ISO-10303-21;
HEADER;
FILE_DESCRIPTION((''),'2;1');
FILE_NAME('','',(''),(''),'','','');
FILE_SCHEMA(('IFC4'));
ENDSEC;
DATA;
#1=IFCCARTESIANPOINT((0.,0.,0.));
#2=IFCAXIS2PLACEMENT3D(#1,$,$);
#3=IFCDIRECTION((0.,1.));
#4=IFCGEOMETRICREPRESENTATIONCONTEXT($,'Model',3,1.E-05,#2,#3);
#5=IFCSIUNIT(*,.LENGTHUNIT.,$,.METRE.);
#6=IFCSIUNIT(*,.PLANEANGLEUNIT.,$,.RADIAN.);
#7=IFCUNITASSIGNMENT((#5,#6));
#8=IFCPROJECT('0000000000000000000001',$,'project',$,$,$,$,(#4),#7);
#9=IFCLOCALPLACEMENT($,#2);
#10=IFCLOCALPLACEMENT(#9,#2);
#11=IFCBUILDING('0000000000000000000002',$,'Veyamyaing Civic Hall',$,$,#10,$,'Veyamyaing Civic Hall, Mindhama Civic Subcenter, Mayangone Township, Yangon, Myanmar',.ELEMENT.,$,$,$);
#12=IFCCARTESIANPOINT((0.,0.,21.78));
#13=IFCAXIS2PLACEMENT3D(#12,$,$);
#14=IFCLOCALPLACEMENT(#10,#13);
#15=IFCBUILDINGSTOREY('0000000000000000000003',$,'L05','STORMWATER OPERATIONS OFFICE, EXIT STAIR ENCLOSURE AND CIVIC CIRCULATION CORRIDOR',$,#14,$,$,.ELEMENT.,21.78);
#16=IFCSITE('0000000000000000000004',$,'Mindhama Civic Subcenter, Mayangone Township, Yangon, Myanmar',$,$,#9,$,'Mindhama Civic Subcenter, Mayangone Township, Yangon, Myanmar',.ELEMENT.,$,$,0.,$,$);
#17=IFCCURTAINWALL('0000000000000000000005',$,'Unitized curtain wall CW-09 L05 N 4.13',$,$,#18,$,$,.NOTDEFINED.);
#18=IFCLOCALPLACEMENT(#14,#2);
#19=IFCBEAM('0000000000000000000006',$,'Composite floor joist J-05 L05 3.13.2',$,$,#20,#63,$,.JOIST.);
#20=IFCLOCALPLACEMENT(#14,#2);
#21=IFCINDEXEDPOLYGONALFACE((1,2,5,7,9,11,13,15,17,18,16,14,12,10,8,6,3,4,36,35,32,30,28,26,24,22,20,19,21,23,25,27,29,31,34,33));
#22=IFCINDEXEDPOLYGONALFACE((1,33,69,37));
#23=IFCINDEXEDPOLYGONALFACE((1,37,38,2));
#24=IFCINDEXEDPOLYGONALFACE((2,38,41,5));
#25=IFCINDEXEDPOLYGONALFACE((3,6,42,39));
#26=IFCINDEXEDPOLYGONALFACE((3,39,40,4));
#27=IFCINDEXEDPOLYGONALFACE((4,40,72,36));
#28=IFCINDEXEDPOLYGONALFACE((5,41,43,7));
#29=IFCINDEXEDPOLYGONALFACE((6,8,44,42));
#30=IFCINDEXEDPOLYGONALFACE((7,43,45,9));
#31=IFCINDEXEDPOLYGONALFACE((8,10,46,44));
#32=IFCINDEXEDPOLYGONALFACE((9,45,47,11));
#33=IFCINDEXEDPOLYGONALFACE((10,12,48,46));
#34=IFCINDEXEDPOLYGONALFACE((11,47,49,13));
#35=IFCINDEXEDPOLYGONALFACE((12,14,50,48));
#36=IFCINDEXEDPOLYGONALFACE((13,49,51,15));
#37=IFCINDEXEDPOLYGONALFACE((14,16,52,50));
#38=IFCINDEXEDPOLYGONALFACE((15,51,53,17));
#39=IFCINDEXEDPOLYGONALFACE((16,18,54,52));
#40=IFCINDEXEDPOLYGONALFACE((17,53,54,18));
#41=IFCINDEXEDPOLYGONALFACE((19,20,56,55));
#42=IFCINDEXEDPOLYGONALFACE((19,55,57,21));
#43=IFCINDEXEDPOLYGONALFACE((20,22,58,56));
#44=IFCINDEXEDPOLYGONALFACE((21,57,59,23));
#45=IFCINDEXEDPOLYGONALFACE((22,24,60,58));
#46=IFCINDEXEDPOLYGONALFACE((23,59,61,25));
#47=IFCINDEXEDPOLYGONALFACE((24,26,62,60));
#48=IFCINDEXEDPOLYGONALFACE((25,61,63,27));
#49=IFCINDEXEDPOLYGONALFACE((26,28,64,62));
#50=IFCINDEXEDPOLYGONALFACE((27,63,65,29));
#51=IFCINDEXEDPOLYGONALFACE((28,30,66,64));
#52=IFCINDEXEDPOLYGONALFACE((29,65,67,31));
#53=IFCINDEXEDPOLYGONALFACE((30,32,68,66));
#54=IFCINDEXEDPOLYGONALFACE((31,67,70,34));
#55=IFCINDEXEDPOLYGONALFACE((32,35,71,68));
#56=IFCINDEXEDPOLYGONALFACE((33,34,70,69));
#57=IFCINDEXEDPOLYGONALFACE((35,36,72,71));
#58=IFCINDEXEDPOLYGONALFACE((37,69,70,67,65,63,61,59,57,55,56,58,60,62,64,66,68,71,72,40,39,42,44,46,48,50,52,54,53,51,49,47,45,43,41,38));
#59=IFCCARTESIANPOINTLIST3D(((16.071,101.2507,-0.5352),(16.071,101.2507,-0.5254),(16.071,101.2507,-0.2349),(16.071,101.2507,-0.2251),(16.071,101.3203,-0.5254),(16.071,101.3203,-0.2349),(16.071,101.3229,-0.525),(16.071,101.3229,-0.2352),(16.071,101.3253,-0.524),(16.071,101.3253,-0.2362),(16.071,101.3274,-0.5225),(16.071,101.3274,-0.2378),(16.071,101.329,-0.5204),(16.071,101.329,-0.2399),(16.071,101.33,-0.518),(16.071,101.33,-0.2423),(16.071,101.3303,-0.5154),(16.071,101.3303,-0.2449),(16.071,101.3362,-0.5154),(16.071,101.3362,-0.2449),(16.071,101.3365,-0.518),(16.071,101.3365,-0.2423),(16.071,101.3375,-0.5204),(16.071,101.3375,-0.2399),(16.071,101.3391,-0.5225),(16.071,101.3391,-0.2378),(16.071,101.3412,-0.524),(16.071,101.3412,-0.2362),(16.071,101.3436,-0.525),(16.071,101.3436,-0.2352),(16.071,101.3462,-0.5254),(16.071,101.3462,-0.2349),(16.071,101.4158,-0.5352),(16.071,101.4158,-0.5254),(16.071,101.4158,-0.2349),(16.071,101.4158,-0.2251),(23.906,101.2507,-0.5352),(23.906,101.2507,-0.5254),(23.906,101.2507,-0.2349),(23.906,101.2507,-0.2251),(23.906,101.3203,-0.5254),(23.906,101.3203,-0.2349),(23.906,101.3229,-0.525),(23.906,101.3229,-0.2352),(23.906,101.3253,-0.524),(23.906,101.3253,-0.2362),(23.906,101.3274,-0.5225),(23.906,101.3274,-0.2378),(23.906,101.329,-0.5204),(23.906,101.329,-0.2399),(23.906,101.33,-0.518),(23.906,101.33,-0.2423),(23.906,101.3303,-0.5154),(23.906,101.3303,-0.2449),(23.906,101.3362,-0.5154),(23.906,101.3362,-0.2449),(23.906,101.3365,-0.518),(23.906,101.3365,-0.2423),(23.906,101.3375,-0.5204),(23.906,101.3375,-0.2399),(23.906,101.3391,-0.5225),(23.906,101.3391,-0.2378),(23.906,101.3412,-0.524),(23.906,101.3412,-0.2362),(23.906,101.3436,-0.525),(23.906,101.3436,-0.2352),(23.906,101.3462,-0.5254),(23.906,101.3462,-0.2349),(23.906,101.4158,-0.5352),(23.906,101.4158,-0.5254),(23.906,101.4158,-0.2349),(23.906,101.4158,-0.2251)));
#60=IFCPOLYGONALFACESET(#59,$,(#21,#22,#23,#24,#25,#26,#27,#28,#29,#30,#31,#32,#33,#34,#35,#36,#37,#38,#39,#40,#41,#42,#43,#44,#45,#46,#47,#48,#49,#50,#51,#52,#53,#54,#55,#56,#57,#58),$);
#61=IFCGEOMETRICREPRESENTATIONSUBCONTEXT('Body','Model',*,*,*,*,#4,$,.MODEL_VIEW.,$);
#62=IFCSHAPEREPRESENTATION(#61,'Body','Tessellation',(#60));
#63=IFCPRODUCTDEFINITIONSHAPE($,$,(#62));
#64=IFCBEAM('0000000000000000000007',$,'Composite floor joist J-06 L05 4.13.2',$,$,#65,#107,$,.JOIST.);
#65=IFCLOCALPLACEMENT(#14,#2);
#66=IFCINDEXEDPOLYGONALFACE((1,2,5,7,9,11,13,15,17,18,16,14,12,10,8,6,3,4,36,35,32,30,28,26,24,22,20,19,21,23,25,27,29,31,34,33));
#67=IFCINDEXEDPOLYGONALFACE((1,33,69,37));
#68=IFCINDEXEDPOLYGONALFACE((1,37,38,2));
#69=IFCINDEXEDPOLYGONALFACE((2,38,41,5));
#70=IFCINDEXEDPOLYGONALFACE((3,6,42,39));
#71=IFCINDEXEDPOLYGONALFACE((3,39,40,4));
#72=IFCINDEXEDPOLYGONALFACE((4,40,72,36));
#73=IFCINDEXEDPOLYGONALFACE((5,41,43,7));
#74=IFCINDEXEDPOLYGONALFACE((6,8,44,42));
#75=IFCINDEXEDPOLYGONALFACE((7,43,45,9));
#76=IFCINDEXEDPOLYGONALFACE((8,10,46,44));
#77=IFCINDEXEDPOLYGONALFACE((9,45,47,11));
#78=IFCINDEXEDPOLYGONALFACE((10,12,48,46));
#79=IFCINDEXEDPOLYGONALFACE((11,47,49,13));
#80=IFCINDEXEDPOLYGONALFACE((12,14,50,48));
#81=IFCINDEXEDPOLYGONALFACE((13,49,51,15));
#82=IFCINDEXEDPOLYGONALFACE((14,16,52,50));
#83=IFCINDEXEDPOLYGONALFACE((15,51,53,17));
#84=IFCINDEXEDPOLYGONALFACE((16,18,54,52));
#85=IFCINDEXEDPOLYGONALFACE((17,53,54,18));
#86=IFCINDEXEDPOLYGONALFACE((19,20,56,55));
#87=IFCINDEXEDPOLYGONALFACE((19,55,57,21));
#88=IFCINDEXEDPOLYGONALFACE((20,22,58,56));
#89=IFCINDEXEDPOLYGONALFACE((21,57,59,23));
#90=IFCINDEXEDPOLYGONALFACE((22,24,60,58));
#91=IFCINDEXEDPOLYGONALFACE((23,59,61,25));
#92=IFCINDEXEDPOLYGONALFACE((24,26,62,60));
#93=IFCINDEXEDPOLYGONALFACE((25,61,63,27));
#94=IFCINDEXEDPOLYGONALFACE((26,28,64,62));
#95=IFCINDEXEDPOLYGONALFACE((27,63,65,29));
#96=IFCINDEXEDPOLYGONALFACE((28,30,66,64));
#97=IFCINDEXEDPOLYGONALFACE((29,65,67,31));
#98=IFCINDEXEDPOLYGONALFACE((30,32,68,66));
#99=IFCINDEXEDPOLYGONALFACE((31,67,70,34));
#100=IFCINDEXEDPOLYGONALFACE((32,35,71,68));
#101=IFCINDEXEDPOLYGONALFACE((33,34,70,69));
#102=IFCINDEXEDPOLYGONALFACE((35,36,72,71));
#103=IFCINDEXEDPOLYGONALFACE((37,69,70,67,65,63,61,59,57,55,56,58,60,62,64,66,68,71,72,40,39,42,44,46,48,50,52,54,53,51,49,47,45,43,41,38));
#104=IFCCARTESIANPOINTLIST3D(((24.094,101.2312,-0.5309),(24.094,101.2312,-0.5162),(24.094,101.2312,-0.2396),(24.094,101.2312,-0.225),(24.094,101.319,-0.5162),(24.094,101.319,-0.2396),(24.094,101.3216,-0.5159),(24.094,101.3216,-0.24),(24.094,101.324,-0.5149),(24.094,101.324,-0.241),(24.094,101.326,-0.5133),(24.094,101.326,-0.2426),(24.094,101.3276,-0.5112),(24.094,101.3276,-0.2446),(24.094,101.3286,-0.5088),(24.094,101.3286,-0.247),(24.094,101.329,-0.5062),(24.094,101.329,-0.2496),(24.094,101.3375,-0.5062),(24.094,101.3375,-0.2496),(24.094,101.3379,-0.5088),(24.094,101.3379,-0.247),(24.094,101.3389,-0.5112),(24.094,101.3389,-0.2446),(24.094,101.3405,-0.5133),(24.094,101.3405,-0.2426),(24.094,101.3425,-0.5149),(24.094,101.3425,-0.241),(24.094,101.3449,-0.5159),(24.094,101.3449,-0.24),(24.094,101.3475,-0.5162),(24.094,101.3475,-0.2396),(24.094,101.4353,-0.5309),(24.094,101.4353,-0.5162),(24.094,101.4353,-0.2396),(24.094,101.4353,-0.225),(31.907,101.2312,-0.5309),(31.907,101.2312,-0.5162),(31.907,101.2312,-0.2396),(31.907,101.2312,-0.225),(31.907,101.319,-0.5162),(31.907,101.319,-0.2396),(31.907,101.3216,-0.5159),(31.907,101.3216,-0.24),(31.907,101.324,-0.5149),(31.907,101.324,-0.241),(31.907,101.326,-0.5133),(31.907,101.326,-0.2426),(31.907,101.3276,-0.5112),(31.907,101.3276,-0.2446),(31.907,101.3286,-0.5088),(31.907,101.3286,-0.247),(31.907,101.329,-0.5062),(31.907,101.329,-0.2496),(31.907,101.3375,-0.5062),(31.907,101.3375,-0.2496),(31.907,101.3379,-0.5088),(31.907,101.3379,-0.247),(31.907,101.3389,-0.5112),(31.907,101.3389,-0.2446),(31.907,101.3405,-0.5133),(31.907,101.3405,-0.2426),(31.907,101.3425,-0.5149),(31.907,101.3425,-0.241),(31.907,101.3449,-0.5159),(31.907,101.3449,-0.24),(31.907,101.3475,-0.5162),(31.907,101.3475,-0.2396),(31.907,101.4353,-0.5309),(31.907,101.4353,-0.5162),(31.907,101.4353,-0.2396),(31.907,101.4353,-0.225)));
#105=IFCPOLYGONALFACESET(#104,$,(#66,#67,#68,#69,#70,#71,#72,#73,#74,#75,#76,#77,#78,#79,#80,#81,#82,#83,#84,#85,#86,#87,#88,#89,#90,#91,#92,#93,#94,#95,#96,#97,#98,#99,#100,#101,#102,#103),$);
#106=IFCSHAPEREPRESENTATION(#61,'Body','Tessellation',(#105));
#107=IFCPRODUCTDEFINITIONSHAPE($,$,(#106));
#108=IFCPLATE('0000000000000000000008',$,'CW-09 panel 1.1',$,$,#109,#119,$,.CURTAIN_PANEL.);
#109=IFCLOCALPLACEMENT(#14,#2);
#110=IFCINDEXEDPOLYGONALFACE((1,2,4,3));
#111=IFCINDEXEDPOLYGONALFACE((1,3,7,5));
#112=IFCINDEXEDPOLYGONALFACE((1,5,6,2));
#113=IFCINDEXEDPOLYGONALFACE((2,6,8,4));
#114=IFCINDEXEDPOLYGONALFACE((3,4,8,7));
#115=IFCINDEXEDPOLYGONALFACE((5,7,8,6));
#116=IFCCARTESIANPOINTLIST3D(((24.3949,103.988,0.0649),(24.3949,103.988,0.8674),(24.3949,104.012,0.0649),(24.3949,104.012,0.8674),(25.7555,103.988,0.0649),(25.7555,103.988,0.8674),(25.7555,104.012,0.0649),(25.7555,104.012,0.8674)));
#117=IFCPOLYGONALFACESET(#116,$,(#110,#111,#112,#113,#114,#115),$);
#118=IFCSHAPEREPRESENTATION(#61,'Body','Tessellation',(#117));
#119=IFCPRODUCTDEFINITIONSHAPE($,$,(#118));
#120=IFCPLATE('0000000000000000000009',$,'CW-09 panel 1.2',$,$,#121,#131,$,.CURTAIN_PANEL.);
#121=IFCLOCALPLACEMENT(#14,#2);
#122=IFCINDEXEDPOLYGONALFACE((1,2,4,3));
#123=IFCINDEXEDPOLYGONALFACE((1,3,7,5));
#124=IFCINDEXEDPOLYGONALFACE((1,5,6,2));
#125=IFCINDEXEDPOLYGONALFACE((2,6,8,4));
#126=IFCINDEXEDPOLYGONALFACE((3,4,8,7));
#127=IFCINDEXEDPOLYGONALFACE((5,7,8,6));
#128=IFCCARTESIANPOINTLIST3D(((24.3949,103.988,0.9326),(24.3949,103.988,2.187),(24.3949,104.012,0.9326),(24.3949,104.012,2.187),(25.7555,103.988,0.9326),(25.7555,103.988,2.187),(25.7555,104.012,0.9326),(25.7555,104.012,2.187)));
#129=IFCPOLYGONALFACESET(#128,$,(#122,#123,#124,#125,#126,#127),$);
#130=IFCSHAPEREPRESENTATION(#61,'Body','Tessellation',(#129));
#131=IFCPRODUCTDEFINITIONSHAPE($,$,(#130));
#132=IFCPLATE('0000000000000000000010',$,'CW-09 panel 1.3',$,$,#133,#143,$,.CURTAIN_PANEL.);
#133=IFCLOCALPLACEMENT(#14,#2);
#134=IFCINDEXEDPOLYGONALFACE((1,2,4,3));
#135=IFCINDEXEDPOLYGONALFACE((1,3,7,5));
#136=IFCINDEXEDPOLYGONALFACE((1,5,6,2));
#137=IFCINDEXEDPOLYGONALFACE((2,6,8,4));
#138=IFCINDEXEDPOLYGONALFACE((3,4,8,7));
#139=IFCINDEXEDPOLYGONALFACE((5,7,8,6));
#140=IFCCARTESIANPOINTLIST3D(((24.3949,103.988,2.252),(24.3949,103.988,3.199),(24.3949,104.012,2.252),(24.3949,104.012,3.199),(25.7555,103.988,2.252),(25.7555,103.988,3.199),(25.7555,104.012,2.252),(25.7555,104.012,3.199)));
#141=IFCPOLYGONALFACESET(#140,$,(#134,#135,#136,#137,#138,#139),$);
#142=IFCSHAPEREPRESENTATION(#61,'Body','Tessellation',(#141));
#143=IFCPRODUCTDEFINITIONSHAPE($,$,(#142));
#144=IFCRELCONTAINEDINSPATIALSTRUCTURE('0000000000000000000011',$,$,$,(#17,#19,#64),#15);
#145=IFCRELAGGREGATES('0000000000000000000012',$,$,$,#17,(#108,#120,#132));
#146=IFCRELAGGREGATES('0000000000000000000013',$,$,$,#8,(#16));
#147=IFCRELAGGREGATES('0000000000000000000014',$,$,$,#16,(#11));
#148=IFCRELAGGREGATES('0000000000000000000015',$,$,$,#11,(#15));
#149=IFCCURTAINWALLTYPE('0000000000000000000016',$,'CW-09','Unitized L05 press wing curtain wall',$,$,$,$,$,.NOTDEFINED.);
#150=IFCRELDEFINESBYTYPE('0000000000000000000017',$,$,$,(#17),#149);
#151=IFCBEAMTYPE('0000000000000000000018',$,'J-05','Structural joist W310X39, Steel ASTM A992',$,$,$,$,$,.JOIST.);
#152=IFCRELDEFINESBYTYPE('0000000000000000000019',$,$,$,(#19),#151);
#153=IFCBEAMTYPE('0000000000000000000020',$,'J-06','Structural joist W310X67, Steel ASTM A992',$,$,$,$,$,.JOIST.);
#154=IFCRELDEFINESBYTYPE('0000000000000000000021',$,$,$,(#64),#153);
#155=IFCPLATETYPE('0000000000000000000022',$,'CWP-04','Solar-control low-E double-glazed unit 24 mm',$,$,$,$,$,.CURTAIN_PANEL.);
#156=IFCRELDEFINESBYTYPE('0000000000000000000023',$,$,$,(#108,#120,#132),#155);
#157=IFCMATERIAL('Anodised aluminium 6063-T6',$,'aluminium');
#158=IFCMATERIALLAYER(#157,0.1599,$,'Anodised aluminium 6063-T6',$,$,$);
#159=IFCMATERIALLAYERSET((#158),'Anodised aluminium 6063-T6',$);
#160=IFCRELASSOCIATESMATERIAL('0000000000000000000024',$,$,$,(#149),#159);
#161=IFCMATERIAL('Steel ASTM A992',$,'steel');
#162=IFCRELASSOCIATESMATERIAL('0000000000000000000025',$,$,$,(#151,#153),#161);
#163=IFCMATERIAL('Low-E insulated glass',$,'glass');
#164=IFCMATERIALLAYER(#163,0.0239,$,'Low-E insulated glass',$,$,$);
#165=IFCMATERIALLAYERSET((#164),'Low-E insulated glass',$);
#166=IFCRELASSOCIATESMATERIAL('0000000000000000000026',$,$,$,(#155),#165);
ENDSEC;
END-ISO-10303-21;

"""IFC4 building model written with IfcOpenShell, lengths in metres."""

from ifc_helpers import new_model, si_unit, direction, frame, origin, origin_2d, place, context, subcontext, project, spatial, rectangle, i_section, extrude, material, layer, layer_set, material_profile, profile_set, type_object, element, aggregate, save


model = new_model("IFC4")

# Units and contexts
model_context = context("Model", 3, precision=1e-05, world=origin(), true_north=direction((0.0, 1.0)))
body_context = subcontext(model_context, "Body", "Model", "MODEL_VIEW")
ifc_project = project(units=[si_unit("LENGTHUNIT", "METRE"), si_unit("PLANEANGLEUNIT", "RADIAN")], contexts=[model_context])

# Site, building, storey
site_placement = place(None, origin())
site = spatial("IfcSite", under=ifc_project, at=site_placement, Name="Mindhama Civic Subcenter, Mayangone Township, Yangon, Myanmar", LongName="Mindhama Civic Subcenter, Mayangone Township, Yangon, Myanmar", CompositionType="ELEMENT", RefElevation=0.0)
building_placement = place(site_placement, origin())
building = spatial("IfcBuilding", under=site, at=building_placement, Name="Veyamyaing Civic Hall", LongName="Veyamyaing Civic Hall, Mindhama Civic Subcenter, Mayangone Township, Yangon, Myanmar", CompositionType="ELEMENT")
storey_placement = place(building_placement, frame((0.0, 0.0, 21.78)))
storey = spatial("IfcBuildingStorey", under=building, at=storey_placement, Name="L05", Description="STORMWATER OPERATIONS OFFICE, EXIT STAIR ENCLOSURE AND CIVIC CIRCULATION CORRIDOR", CompositionType="ELEMENT", Elevation=21.78)

# Shared definitions
ifc_material_1 = material(Name="Steel ASTM A992", Category="steel")

# Curtain wall
ifc_material_2 = material(Name="Anodised aluminium 6063-T6", Category="aluminium")
ifc_layer_1 = layer(ifc_material_2, 0.1599, Name="Anodised aluminium 6063-T6")
ifc_layer_set_1 = layer_set([ifc_layer_1], Name="Anodised aluminium 6063-T6")
curtain_wall_type = type_object("IfcCurtainWallType", Name="CW-09", Description="Unitized L05 press wing curtain wall", PredefinedType="NOTDEFINED", material=ifc_layer_set_1)
curtain_wall_placement = place(storey_placement, origin())
curtain_wall = element("IfcCurtainWall", 1, at=curtain_wall_placement, inside=storey, type_object=curtain_wall_type, Name="Unitized curtain wall CW-09 L05 N 4.13", PredefinedType="NOTDEFINED")

# Beams
ifc_material_profile_1 = material_profile(ifc_material_1, i_section(OverallWidth=0.165, OverallDepth=0.3101, WebThickness=0.0059, FlangeThickness=0.0098, FilletRadius=0.01, at=origin_2d()), Name="W310X39")
ifc_profile_set_1 = profile_set([ifc_material_profile_1], Name="Steel ASTM A992")
beam_type_1 = type_object("IfcBeamType", Name="J-05", Description="Structural joist W310X39, Steel ASTM A992", PredefinedType="JOIST", material=ifc_profile_set_1)
beam_1_placement = place(storey_placement, frame((16.071, 101.3333, -0.3801), z_axis=(1.0, 0.0, 0.0), x_axis=(0.0, 1.0, 0.0)))
element("IfcBeam", 2, at=beam_1_placement, inside=storey, type_object=beam_type_1, Name="Composite floor joist J-05 L05 3.13.2", PredefinedType="JOIST", context=body_context, shape_type="SweptSolid", body=[
    extrude(i_section(OverallWidth=0.165, OverallDepth=0.3101, WebThickness=0.0059, FlangeThickness=0.0098, FilletRadius=0.01, at=origin_2d()), origin(), (0.0, 0.0, 1.0), 7.835),
])
ifc_material_profile_2 = material_profile(ifc_material_1, i_section(OverallWidth=0.2041, OverallDepth=0.3059, WebThickness=0.0085, FlangeThickness=0.0146, FilletRadius=0.01, at=origin_2d()), Name="W310X67")
ifc_profile_set_2 = profile_set([ifc_material_profile_2], Name="Steel ASTM A992")
beam_type_2 = type_object("IfcBeamType", Name="J-06", Description="Structural joist W310X67, Steel ASTM A992", PredefinedType="JOIST", material=ifc_profile_set_2)
beam_2_placement = place(storey_placement, frame((24.094, 101.3333, -0.3779), z_axis=(1.0, 0.0, 0.0), x_axis=(0.0, 1.0, 0.0)))
element("IfcBeam", 3, at=beam_2_placement, inside=storey, type_object=beam_type_2, Name="Composite floor joist J-06 L05 4.13.2", PredefinedType="JOIST", context=body_context, shape_type="SweptSolid", body=[
    extrude(i_section(OverallWidth=0.2041, OverallDepth=0.3059, WebThickness=0.0085, FlangeThickness=0.0146, FilletRadius=0.01, at=origin_2d()), origin(), (0.0, 0.0, 1.0), 7.813),
])

# Plates
ifc_material_3 = material(Name="Low-E insulated glass", Category="glass")
ifc_layer_2 = layer(ifc_material_3, 0.0239, Name="Low-E insulated glass")
ifc_layer_set_2 = layer_set([ifc_layer_2], Name="Low-E insulated glass")
plate_type = type_object("IfcPlateType", Name="CWP-04", Description="Solar-control low-E double-glazed unit 24 mm", PredefinedType="CURTAIN_PANEL", material=ifc_layer_set_2)
plate_1_placement = place(storey_placement, frame((25.0752, 104.0, 0.0649), z_axis=(0.0, 0.0, 1.0), x_axis=(1.0, 0.0, 0.0)))
plate_1 = element("IfcPlate", 4, at=plate_1_placement, type_object=plate_type, Name="CW-09 panel 1.1", PredefinedType="CURTAIN_PANEL", context=body_context, shape_type="SweptSolid", body=[
    extrude(rectangle(XDim=1.3606, YDim=0.0239, at=origin_2d()), origin(), (0.0, 0.0, 1.0), 0.8025),
])
plate_2_placement = place(storey_placement, frame((25.0752, 104.0, 0.9326), z_axis=(0.0, 0.0, 1.0), x_axis=(1.0, 0.0, 0.0)))
plate_2 = element("IfcPlate", 5, at=plate_2_placement, type_object=plate_type, Name="CW-09 panel 1.2", PredefinedType="CURTAIN_PANEL", context=body_context, shape_type="SweptSolid", body=[
    extrude(rectangle(XDim=1.3606, YDim=0.0239, at=origin_2d()), origin(), (0.0, 0.0, 1.0), 1.2544),
])
plate_3_placement = place(storey_placement, frame((25.0752, 104.0, 2.252), z_axis=(0.0, 0.0, 1.0), x_axis=(1.0, 0.0, 0.0)))
plate_3 = element("IfcPlate", 6, at=plate_3_placement, type_object=plate_type, Name="CW-09 panel 1.3", PredefinedType="CURTAIN_PANEL", context=body_context, shape_type="SweptSolid", body=[
    extrude(rectangle(XDim=1.3606, YDim=0.0239, at=origin_2d()), origin(), (0.0, 0.0, 1.0), 0.947),
])
aggregate(curtain_wall, [plate_1, plate_2, plate_3])

save(model, "model.ifc")
